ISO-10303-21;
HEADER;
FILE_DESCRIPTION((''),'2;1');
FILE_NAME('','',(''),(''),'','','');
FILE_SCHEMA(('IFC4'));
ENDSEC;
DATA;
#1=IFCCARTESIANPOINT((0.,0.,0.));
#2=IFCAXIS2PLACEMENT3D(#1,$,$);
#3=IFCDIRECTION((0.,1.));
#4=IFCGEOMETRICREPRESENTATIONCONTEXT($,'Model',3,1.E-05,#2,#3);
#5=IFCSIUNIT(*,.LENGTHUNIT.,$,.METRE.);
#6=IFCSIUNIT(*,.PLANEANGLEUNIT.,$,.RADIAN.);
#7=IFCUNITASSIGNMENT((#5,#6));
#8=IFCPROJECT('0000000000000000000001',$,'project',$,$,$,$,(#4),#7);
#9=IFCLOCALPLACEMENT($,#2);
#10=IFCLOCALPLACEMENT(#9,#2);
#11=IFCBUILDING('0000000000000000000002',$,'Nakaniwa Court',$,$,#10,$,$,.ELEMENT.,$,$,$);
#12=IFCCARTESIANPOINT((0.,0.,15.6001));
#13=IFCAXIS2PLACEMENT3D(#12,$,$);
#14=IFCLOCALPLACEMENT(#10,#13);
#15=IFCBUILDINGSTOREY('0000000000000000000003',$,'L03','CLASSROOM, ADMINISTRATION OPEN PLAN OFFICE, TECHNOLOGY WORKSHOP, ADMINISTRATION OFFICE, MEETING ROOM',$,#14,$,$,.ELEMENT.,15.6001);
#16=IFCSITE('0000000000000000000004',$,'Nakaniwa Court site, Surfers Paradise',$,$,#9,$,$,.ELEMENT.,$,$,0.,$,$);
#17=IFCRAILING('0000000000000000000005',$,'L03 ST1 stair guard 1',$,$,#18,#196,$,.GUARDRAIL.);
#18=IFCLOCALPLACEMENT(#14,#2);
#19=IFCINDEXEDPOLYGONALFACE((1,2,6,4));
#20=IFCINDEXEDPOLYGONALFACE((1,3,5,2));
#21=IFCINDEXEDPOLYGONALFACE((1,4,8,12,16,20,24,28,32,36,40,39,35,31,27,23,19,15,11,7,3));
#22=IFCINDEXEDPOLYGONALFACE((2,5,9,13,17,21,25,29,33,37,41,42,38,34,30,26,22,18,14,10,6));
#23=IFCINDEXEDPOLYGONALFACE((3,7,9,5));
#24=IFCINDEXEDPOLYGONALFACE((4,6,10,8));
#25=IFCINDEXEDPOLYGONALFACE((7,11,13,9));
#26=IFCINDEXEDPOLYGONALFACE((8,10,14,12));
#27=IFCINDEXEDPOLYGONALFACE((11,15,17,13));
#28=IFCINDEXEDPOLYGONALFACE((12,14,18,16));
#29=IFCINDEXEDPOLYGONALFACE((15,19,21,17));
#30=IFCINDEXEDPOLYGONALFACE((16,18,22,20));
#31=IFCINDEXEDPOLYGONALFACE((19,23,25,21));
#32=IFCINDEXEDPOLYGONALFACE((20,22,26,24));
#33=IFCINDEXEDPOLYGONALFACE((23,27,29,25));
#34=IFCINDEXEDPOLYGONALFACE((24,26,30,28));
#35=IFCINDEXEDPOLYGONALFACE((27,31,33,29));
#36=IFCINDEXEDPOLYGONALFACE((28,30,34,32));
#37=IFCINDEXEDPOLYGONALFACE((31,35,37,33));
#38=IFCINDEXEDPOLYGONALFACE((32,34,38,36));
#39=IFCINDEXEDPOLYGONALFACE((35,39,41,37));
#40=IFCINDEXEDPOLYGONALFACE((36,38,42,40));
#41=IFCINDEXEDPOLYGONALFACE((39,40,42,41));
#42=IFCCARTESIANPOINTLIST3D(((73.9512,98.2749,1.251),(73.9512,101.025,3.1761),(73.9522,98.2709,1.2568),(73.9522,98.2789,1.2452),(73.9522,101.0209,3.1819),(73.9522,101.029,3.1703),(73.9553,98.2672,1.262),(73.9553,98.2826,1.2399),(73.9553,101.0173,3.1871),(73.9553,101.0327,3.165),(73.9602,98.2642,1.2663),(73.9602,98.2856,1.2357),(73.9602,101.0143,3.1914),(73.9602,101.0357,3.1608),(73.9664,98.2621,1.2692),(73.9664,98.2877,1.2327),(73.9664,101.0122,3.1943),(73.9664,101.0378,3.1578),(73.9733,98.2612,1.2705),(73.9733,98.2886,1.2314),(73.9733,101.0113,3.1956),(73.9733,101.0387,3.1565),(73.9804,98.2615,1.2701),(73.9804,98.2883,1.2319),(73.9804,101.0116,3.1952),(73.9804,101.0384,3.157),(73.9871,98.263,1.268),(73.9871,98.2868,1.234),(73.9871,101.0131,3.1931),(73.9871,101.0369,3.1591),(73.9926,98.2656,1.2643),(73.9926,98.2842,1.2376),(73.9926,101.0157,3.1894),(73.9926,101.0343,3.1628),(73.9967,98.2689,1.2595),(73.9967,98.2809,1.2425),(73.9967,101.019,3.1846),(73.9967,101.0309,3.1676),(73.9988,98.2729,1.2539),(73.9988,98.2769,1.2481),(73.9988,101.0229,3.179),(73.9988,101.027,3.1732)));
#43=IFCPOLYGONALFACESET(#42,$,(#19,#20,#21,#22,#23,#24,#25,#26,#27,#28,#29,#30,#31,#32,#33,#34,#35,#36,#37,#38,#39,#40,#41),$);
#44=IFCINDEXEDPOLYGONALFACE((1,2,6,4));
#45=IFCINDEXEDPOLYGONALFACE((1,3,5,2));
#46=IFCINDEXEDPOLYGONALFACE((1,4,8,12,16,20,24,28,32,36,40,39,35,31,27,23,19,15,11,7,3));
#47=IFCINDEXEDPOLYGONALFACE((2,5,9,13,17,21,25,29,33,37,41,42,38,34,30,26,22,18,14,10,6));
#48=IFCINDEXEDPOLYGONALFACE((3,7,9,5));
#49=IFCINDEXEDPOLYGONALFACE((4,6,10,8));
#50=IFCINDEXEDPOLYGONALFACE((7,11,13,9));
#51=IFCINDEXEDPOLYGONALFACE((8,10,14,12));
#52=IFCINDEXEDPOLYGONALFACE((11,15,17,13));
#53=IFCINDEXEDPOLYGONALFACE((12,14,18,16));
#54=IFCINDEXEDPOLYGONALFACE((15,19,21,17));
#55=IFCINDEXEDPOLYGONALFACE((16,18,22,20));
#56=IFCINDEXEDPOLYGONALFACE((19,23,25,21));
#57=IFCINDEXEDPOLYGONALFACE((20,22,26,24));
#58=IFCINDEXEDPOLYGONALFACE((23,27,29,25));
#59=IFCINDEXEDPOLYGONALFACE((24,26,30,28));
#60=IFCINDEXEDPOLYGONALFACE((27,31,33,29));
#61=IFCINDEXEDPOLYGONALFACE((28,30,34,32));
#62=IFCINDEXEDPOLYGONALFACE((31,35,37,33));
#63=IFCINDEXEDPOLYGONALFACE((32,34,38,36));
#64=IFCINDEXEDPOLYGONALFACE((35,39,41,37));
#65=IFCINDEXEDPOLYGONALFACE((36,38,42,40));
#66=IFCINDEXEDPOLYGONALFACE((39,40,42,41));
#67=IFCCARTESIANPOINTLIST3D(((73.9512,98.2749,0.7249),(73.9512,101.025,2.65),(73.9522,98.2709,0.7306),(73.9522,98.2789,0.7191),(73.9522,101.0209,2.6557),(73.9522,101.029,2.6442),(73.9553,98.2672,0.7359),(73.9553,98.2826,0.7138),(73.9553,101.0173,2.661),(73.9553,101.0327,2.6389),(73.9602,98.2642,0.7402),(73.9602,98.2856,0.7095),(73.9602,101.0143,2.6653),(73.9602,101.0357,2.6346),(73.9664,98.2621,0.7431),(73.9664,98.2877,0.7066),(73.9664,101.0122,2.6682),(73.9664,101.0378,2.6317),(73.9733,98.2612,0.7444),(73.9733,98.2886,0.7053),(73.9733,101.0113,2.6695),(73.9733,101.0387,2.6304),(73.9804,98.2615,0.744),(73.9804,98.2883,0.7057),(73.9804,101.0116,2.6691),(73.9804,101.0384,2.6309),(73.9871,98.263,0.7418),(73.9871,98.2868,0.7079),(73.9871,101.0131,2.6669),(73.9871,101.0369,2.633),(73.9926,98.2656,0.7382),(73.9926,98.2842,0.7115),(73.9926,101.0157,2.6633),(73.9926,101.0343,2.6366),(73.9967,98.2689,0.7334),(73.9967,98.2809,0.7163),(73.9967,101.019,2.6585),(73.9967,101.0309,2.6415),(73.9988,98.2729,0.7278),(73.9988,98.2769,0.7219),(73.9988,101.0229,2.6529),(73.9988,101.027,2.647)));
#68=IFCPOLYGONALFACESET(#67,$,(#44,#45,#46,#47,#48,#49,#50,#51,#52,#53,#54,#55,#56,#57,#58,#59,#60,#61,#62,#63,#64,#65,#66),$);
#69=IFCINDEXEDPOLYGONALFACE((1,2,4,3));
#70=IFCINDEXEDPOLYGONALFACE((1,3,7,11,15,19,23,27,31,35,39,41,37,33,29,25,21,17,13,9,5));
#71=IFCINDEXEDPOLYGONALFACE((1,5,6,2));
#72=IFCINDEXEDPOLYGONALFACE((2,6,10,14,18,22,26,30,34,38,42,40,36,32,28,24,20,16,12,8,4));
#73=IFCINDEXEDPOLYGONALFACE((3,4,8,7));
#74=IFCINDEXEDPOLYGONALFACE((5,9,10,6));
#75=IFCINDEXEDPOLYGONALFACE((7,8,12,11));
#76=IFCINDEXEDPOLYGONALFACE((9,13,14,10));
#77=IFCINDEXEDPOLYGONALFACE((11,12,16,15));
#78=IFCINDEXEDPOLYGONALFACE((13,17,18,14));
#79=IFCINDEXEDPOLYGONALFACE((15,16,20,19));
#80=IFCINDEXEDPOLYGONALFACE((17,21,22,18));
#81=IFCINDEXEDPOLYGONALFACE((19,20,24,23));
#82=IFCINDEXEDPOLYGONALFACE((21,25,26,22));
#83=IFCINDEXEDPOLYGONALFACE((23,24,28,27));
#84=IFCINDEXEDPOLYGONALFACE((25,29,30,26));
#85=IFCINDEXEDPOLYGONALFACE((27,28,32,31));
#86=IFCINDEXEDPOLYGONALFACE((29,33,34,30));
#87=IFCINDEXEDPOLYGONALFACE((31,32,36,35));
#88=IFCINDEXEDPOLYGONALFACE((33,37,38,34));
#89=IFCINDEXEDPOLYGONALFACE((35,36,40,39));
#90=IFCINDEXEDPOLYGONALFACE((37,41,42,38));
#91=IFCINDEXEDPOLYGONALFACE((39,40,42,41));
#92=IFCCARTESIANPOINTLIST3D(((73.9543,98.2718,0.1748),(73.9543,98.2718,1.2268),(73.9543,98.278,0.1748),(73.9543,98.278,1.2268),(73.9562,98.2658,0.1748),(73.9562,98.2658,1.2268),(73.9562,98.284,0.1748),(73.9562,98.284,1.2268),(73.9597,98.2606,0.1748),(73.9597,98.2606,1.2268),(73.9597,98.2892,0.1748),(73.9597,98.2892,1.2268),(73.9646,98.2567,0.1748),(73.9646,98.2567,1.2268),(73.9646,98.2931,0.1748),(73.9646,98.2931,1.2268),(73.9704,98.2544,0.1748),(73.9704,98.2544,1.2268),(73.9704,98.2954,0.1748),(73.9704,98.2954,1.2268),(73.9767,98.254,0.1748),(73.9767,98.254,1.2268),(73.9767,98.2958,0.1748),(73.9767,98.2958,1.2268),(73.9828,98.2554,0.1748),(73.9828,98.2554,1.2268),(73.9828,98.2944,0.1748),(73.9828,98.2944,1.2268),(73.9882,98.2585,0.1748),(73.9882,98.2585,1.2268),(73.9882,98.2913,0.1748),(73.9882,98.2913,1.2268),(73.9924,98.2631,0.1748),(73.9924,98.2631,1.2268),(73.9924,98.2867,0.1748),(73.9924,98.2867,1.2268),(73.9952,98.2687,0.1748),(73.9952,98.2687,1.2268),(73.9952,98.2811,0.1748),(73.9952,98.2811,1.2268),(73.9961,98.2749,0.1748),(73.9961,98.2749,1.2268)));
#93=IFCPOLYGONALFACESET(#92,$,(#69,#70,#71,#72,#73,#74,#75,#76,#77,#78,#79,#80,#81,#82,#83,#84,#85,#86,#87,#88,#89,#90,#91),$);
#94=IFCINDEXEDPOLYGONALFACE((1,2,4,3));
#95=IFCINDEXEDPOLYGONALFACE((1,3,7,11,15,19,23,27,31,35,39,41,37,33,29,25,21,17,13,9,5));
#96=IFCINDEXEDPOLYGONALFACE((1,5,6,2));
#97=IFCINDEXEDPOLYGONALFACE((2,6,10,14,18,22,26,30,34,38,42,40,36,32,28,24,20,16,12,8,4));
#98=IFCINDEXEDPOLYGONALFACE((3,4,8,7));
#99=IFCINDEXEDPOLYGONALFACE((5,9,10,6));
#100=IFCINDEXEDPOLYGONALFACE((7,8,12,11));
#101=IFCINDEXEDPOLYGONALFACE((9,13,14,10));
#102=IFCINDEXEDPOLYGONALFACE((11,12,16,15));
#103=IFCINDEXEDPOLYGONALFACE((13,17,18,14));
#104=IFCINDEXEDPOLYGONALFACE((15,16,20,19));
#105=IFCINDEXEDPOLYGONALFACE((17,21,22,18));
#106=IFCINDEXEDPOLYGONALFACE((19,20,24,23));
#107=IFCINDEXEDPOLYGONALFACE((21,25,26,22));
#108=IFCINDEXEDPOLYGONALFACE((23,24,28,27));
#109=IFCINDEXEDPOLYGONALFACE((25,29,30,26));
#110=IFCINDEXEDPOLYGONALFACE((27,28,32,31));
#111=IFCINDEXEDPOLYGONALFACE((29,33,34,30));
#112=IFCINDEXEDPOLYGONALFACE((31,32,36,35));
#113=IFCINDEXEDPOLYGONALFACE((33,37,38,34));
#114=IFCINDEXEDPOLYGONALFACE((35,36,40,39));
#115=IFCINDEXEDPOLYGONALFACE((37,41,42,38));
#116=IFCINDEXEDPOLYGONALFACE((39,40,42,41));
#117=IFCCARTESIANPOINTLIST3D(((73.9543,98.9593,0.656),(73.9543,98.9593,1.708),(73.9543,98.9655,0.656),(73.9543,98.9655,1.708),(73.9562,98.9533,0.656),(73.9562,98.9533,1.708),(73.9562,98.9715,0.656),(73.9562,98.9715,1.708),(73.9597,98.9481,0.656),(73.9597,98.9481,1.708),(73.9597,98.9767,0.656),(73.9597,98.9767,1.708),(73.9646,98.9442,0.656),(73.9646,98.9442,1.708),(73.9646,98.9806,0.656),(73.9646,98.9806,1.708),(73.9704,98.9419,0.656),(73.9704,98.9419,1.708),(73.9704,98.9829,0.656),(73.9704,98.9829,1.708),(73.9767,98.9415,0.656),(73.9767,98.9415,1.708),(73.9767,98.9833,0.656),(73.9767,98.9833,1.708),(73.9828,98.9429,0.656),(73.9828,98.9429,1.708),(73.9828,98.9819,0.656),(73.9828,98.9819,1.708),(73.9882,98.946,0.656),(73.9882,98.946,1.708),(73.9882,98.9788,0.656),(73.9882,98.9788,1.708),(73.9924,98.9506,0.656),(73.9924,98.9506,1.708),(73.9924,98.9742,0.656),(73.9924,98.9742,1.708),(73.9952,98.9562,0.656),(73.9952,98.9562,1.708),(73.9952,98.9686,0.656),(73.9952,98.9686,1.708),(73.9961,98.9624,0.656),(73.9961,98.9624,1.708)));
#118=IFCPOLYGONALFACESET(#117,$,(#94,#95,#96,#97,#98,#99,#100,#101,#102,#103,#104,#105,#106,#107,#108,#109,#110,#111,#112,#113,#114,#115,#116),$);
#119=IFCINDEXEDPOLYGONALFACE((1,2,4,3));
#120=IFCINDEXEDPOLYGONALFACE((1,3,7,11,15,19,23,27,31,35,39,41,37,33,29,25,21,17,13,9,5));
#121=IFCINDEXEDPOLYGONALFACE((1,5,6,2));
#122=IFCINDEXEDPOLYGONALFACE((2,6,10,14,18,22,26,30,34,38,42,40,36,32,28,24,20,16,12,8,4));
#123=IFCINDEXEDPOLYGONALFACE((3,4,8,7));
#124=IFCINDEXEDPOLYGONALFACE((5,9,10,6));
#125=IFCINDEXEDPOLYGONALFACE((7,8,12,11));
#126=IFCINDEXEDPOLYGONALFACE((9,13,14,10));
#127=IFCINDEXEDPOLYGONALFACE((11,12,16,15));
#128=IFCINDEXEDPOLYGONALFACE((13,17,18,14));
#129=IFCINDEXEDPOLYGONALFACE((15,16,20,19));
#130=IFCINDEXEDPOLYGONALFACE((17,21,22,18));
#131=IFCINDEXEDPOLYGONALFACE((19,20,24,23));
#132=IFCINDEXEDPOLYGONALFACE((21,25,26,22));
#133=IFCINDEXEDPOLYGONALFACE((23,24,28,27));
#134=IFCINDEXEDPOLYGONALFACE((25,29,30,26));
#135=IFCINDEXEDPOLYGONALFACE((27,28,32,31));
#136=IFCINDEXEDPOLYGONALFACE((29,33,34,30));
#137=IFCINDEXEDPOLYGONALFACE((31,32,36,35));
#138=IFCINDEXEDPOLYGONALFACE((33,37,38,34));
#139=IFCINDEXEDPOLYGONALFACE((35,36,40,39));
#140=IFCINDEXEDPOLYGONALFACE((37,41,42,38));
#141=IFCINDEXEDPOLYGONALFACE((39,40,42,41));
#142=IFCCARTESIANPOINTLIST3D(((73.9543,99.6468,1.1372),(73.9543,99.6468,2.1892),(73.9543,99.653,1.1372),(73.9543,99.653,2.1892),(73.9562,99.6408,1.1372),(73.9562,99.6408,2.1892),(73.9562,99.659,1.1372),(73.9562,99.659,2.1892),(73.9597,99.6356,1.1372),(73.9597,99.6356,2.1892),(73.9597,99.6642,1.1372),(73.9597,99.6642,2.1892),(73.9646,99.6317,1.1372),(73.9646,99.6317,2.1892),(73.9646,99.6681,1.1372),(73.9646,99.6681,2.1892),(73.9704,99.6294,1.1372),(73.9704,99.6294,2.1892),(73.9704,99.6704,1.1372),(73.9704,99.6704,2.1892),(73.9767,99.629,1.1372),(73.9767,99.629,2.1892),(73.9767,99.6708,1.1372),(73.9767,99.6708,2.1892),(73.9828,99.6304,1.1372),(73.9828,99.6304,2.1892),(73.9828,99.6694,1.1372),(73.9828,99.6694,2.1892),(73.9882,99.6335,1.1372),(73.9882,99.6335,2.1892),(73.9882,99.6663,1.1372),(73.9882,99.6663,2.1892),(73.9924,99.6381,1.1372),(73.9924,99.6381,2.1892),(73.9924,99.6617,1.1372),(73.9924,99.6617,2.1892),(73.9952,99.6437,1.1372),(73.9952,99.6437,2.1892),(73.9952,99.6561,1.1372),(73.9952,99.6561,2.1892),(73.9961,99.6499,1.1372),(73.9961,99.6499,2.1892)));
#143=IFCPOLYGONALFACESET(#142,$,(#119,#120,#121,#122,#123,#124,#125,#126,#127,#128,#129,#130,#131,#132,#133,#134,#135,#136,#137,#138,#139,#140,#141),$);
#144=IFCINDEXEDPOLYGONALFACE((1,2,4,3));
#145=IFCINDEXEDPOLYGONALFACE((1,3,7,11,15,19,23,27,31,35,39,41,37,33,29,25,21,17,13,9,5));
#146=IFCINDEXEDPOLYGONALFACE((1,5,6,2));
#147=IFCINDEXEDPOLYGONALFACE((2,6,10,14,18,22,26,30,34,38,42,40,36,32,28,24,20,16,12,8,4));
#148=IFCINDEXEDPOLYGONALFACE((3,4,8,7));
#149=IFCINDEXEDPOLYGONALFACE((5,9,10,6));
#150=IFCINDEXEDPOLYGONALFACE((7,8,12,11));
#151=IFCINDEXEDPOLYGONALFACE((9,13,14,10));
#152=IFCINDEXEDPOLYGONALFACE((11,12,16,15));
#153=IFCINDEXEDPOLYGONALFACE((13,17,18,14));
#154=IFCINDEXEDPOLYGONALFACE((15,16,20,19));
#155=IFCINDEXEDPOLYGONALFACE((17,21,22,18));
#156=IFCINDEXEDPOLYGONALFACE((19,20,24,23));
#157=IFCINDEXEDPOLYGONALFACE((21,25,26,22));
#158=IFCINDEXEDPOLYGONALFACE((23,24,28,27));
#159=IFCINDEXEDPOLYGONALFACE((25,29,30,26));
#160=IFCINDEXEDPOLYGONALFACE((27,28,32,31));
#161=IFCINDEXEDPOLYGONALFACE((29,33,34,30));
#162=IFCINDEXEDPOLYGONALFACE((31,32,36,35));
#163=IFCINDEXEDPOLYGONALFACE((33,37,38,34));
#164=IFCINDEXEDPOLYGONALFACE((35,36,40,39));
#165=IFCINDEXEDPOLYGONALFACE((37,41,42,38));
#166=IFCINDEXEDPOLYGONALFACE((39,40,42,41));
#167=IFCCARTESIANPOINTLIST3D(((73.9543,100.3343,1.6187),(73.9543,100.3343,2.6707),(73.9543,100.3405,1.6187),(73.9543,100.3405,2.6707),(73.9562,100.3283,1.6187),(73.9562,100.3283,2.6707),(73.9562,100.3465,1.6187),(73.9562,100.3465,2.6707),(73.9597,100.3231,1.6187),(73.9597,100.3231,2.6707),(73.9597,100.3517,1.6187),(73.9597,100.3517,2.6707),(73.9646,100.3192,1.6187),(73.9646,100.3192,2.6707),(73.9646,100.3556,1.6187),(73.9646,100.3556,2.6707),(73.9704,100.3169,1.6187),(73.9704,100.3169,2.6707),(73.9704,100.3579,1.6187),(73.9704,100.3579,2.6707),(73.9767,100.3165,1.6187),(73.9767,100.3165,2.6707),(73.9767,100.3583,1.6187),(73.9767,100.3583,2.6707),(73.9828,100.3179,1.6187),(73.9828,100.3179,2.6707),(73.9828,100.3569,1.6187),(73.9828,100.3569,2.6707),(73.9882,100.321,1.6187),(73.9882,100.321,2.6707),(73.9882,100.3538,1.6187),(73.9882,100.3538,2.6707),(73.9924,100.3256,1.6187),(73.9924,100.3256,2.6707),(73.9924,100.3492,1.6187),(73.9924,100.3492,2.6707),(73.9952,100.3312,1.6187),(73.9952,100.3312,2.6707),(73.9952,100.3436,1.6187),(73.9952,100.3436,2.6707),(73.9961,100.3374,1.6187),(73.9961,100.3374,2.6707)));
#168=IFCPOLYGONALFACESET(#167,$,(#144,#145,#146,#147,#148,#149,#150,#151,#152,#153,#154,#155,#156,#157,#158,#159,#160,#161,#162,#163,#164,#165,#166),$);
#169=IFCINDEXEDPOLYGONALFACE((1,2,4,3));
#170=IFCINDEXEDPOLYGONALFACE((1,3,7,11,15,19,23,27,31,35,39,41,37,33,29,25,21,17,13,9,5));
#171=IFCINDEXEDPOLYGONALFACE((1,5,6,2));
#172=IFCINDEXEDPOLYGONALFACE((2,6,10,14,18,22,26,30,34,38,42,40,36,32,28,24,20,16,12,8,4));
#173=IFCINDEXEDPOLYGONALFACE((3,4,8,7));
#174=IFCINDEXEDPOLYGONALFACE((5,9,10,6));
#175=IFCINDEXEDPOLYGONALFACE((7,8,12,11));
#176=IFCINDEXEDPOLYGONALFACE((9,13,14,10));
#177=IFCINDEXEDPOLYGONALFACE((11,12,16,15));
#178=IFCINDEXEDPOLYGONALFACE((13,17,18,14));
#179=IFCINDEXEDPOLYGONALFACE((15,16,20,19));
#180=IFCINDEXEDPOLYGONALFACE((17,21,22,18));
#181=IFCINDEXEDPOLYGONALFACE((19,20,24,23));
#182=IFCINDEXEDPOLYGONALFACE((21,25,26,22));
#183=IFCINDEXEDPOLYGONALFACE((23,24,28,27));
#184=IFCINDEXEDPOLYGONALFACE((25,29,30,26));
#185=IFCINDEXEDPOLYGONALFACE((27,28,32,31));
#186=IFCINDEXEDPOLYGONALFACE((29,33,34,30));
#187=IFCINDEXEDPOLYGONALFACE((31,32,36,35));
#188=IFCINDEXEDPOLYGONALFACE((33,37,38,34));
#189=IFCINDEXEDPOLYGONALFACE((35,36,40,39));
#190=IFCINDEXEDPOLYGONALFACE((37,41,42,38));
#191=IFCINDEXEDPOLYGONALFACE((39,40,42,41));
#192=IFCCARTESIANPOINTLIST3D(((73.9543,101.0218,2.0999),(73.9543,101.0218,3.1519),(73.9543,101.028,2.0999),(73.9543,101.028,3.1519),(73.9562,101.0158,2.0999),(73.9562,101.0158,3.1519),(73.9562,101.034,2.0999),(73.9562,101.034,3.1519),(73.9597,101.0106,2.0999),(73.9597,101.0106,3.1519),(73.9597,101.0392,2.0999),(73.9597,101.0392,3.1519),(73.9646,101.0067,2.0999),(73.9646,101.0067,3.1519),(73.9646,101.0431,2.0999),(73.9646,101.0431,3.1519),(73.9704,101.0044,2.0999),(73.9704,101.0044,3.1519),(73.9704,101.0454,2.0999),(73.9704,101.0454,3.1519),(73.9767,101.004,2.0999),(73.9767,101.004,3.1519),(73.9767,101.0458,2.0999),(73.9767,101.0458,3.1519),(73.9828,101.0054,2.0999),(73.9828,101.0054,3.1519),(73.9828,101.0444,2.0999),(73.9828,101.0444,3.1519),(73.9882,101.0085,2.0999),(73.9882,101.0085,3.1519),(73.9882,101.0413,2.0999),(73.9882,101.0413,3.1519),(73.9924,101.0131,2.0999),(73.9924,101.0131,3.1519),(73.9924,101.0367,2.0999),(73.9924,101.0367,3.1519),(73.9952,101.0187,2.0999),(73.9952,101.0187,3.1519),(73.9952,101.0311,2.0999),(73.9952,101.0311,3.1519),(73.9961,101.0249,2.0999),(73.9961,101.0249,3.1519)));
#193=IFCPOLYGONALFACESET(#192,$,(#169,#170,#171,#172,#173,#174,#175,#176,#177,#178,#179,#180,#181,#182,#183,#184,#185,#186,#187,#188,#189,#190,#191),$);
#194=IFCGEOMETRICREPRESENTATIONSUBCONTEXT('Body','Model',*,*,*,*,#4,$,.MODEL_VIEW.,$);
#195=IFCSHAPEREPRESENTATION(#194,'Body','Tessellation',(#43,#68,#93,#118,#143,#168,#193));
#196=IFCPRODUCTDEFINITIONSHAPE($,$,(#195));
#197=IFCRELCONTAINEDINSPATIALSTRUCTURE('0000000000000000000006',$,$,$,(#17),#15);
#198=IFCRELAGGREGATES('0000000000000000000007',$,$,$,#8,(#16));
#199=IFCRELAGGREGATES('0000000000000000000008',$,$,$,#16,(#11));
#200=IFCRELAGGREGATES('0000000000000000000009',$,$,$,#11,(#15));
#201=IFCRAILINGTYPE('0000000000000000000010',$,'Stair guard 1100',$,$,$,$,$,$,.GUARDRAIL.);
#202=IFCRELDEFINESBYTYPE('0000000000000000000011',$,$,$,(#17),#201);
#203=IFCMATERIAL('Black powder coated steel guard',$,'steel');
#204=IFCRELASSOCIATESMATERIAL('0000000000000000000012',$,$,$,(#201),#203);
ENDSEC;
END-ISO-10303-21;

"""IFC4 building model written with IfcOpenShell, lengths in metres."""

from ifc_helpers import new_model, si_unit, direction, frame, origin, origin_2d, place, context, subcontext, project, spatial, circle, extrude, material, type_object, element, save


model = new_model("IFC4")

# Units and contexts
model_context = context("Model", 3, precision=1e-05, world=origin(), true_north=direction((0.0, 1.0)))
body_context = subcontext(model_context, "Body", "Model", "MODEL_VIEW")
ifc_project = project(units=[si_unit("LENGTHUNIT", "METRE"), si_unit("PLANEANGLEUNIT", "RADIAN")], contexts=[model_context])

# Site, building, storey
site_placement = place(None, origin())
site = spatial("IfcSite", under=ifc_project, at=site_placement, Name="Nakaniwa Court site, Surfers Paradise", CompositionType="ELEMENT", RefElevation=0.0)
building_placement = place(site_placement, origin())
building = spatial("IfcBuilding", under=site, at=building_placement, Name="Nakaniwa Court", CompositionType="ELEMENT")
storey_placement = place(building_placement, frame((0.0, 0.0, 15.6001)))
storey = spatial("IfcBuildingStorey", under=building, at=storey_placement, Name="L03", Description="CLASSROOM, ADMINISTRATION OPEN PLAN OFFICE, TECHNOLOGY WORKSHOP, ADMINISTRATION OFFICE, MEETING ROOM", CompositionType="ELEMENT", Elevation=15.6001)

# Railing
ifc_material_1 = material(Name="Black powder coated steel guard", Category="steel")
railing_type = type_object("IfcRailingType", Name="Stair guard 1100", PredefinedType="GUARDRAIL", material=ifc_material_1)
railing_1_placement = place(storey_placement, frame((73.9751, 98.2749, 0.1748)))
element("IfcRailing", 1, at=railing_1_placement, inside=storey, type_object=railing_type, Name="L03 ST1 stair guard 1", PredefinedType="GUARDRAIL", context=body_context, shape_type="SweptSolid", body=[
    extrude(circle(Radius=0.0239, at=origin_2d()), frame((0.0, 0.0, 1.0762), z_axis=(0.0, 0.819225, 0.573472), x_axis=(-1.0, 0.0, 0.0)), (0.0, 0.0, 1.0), 3.3569),
    extrude(circle(Radius=0.0239, at=origin_2d()), frame((0.0, 0.0, 0.55), z_axis=(0.0, 0.819225, 0.573472), x_axis=(-1.0, 0.0, 0.0)), (0.0, 0.0, 1.0), 3.3569),
    extrude(circle(Radius=0.021, at=origin_2d()), origin(), (0.0, 0.0, 1.0), 1.052),
    extrude(circle(Radius=0.021, at=origin_2d()), frame((0.0, 0.6875, 0.4812)), (0.0, 0.0, 1.0), 1.052),
    extrude(circle(Radius=0.021, at=origin_2d()), frame((0.0, 1.375, 0.9624)), (0.0, 0.0, 1.0), 1.052),
    extrude(circle(Radius=0.021, at=origin_2d()), frame((0.0, 2.0625, 1.4438)), (0.0, 0.0, 1.0), 1.052),
    extrude(circle(Radius=0.021, at=origin_2d()), frame((0.0, 2.75, 1.925)), (0.0, 0.0, 1.0), 1.052),
])

save(model, "model.ifc")
